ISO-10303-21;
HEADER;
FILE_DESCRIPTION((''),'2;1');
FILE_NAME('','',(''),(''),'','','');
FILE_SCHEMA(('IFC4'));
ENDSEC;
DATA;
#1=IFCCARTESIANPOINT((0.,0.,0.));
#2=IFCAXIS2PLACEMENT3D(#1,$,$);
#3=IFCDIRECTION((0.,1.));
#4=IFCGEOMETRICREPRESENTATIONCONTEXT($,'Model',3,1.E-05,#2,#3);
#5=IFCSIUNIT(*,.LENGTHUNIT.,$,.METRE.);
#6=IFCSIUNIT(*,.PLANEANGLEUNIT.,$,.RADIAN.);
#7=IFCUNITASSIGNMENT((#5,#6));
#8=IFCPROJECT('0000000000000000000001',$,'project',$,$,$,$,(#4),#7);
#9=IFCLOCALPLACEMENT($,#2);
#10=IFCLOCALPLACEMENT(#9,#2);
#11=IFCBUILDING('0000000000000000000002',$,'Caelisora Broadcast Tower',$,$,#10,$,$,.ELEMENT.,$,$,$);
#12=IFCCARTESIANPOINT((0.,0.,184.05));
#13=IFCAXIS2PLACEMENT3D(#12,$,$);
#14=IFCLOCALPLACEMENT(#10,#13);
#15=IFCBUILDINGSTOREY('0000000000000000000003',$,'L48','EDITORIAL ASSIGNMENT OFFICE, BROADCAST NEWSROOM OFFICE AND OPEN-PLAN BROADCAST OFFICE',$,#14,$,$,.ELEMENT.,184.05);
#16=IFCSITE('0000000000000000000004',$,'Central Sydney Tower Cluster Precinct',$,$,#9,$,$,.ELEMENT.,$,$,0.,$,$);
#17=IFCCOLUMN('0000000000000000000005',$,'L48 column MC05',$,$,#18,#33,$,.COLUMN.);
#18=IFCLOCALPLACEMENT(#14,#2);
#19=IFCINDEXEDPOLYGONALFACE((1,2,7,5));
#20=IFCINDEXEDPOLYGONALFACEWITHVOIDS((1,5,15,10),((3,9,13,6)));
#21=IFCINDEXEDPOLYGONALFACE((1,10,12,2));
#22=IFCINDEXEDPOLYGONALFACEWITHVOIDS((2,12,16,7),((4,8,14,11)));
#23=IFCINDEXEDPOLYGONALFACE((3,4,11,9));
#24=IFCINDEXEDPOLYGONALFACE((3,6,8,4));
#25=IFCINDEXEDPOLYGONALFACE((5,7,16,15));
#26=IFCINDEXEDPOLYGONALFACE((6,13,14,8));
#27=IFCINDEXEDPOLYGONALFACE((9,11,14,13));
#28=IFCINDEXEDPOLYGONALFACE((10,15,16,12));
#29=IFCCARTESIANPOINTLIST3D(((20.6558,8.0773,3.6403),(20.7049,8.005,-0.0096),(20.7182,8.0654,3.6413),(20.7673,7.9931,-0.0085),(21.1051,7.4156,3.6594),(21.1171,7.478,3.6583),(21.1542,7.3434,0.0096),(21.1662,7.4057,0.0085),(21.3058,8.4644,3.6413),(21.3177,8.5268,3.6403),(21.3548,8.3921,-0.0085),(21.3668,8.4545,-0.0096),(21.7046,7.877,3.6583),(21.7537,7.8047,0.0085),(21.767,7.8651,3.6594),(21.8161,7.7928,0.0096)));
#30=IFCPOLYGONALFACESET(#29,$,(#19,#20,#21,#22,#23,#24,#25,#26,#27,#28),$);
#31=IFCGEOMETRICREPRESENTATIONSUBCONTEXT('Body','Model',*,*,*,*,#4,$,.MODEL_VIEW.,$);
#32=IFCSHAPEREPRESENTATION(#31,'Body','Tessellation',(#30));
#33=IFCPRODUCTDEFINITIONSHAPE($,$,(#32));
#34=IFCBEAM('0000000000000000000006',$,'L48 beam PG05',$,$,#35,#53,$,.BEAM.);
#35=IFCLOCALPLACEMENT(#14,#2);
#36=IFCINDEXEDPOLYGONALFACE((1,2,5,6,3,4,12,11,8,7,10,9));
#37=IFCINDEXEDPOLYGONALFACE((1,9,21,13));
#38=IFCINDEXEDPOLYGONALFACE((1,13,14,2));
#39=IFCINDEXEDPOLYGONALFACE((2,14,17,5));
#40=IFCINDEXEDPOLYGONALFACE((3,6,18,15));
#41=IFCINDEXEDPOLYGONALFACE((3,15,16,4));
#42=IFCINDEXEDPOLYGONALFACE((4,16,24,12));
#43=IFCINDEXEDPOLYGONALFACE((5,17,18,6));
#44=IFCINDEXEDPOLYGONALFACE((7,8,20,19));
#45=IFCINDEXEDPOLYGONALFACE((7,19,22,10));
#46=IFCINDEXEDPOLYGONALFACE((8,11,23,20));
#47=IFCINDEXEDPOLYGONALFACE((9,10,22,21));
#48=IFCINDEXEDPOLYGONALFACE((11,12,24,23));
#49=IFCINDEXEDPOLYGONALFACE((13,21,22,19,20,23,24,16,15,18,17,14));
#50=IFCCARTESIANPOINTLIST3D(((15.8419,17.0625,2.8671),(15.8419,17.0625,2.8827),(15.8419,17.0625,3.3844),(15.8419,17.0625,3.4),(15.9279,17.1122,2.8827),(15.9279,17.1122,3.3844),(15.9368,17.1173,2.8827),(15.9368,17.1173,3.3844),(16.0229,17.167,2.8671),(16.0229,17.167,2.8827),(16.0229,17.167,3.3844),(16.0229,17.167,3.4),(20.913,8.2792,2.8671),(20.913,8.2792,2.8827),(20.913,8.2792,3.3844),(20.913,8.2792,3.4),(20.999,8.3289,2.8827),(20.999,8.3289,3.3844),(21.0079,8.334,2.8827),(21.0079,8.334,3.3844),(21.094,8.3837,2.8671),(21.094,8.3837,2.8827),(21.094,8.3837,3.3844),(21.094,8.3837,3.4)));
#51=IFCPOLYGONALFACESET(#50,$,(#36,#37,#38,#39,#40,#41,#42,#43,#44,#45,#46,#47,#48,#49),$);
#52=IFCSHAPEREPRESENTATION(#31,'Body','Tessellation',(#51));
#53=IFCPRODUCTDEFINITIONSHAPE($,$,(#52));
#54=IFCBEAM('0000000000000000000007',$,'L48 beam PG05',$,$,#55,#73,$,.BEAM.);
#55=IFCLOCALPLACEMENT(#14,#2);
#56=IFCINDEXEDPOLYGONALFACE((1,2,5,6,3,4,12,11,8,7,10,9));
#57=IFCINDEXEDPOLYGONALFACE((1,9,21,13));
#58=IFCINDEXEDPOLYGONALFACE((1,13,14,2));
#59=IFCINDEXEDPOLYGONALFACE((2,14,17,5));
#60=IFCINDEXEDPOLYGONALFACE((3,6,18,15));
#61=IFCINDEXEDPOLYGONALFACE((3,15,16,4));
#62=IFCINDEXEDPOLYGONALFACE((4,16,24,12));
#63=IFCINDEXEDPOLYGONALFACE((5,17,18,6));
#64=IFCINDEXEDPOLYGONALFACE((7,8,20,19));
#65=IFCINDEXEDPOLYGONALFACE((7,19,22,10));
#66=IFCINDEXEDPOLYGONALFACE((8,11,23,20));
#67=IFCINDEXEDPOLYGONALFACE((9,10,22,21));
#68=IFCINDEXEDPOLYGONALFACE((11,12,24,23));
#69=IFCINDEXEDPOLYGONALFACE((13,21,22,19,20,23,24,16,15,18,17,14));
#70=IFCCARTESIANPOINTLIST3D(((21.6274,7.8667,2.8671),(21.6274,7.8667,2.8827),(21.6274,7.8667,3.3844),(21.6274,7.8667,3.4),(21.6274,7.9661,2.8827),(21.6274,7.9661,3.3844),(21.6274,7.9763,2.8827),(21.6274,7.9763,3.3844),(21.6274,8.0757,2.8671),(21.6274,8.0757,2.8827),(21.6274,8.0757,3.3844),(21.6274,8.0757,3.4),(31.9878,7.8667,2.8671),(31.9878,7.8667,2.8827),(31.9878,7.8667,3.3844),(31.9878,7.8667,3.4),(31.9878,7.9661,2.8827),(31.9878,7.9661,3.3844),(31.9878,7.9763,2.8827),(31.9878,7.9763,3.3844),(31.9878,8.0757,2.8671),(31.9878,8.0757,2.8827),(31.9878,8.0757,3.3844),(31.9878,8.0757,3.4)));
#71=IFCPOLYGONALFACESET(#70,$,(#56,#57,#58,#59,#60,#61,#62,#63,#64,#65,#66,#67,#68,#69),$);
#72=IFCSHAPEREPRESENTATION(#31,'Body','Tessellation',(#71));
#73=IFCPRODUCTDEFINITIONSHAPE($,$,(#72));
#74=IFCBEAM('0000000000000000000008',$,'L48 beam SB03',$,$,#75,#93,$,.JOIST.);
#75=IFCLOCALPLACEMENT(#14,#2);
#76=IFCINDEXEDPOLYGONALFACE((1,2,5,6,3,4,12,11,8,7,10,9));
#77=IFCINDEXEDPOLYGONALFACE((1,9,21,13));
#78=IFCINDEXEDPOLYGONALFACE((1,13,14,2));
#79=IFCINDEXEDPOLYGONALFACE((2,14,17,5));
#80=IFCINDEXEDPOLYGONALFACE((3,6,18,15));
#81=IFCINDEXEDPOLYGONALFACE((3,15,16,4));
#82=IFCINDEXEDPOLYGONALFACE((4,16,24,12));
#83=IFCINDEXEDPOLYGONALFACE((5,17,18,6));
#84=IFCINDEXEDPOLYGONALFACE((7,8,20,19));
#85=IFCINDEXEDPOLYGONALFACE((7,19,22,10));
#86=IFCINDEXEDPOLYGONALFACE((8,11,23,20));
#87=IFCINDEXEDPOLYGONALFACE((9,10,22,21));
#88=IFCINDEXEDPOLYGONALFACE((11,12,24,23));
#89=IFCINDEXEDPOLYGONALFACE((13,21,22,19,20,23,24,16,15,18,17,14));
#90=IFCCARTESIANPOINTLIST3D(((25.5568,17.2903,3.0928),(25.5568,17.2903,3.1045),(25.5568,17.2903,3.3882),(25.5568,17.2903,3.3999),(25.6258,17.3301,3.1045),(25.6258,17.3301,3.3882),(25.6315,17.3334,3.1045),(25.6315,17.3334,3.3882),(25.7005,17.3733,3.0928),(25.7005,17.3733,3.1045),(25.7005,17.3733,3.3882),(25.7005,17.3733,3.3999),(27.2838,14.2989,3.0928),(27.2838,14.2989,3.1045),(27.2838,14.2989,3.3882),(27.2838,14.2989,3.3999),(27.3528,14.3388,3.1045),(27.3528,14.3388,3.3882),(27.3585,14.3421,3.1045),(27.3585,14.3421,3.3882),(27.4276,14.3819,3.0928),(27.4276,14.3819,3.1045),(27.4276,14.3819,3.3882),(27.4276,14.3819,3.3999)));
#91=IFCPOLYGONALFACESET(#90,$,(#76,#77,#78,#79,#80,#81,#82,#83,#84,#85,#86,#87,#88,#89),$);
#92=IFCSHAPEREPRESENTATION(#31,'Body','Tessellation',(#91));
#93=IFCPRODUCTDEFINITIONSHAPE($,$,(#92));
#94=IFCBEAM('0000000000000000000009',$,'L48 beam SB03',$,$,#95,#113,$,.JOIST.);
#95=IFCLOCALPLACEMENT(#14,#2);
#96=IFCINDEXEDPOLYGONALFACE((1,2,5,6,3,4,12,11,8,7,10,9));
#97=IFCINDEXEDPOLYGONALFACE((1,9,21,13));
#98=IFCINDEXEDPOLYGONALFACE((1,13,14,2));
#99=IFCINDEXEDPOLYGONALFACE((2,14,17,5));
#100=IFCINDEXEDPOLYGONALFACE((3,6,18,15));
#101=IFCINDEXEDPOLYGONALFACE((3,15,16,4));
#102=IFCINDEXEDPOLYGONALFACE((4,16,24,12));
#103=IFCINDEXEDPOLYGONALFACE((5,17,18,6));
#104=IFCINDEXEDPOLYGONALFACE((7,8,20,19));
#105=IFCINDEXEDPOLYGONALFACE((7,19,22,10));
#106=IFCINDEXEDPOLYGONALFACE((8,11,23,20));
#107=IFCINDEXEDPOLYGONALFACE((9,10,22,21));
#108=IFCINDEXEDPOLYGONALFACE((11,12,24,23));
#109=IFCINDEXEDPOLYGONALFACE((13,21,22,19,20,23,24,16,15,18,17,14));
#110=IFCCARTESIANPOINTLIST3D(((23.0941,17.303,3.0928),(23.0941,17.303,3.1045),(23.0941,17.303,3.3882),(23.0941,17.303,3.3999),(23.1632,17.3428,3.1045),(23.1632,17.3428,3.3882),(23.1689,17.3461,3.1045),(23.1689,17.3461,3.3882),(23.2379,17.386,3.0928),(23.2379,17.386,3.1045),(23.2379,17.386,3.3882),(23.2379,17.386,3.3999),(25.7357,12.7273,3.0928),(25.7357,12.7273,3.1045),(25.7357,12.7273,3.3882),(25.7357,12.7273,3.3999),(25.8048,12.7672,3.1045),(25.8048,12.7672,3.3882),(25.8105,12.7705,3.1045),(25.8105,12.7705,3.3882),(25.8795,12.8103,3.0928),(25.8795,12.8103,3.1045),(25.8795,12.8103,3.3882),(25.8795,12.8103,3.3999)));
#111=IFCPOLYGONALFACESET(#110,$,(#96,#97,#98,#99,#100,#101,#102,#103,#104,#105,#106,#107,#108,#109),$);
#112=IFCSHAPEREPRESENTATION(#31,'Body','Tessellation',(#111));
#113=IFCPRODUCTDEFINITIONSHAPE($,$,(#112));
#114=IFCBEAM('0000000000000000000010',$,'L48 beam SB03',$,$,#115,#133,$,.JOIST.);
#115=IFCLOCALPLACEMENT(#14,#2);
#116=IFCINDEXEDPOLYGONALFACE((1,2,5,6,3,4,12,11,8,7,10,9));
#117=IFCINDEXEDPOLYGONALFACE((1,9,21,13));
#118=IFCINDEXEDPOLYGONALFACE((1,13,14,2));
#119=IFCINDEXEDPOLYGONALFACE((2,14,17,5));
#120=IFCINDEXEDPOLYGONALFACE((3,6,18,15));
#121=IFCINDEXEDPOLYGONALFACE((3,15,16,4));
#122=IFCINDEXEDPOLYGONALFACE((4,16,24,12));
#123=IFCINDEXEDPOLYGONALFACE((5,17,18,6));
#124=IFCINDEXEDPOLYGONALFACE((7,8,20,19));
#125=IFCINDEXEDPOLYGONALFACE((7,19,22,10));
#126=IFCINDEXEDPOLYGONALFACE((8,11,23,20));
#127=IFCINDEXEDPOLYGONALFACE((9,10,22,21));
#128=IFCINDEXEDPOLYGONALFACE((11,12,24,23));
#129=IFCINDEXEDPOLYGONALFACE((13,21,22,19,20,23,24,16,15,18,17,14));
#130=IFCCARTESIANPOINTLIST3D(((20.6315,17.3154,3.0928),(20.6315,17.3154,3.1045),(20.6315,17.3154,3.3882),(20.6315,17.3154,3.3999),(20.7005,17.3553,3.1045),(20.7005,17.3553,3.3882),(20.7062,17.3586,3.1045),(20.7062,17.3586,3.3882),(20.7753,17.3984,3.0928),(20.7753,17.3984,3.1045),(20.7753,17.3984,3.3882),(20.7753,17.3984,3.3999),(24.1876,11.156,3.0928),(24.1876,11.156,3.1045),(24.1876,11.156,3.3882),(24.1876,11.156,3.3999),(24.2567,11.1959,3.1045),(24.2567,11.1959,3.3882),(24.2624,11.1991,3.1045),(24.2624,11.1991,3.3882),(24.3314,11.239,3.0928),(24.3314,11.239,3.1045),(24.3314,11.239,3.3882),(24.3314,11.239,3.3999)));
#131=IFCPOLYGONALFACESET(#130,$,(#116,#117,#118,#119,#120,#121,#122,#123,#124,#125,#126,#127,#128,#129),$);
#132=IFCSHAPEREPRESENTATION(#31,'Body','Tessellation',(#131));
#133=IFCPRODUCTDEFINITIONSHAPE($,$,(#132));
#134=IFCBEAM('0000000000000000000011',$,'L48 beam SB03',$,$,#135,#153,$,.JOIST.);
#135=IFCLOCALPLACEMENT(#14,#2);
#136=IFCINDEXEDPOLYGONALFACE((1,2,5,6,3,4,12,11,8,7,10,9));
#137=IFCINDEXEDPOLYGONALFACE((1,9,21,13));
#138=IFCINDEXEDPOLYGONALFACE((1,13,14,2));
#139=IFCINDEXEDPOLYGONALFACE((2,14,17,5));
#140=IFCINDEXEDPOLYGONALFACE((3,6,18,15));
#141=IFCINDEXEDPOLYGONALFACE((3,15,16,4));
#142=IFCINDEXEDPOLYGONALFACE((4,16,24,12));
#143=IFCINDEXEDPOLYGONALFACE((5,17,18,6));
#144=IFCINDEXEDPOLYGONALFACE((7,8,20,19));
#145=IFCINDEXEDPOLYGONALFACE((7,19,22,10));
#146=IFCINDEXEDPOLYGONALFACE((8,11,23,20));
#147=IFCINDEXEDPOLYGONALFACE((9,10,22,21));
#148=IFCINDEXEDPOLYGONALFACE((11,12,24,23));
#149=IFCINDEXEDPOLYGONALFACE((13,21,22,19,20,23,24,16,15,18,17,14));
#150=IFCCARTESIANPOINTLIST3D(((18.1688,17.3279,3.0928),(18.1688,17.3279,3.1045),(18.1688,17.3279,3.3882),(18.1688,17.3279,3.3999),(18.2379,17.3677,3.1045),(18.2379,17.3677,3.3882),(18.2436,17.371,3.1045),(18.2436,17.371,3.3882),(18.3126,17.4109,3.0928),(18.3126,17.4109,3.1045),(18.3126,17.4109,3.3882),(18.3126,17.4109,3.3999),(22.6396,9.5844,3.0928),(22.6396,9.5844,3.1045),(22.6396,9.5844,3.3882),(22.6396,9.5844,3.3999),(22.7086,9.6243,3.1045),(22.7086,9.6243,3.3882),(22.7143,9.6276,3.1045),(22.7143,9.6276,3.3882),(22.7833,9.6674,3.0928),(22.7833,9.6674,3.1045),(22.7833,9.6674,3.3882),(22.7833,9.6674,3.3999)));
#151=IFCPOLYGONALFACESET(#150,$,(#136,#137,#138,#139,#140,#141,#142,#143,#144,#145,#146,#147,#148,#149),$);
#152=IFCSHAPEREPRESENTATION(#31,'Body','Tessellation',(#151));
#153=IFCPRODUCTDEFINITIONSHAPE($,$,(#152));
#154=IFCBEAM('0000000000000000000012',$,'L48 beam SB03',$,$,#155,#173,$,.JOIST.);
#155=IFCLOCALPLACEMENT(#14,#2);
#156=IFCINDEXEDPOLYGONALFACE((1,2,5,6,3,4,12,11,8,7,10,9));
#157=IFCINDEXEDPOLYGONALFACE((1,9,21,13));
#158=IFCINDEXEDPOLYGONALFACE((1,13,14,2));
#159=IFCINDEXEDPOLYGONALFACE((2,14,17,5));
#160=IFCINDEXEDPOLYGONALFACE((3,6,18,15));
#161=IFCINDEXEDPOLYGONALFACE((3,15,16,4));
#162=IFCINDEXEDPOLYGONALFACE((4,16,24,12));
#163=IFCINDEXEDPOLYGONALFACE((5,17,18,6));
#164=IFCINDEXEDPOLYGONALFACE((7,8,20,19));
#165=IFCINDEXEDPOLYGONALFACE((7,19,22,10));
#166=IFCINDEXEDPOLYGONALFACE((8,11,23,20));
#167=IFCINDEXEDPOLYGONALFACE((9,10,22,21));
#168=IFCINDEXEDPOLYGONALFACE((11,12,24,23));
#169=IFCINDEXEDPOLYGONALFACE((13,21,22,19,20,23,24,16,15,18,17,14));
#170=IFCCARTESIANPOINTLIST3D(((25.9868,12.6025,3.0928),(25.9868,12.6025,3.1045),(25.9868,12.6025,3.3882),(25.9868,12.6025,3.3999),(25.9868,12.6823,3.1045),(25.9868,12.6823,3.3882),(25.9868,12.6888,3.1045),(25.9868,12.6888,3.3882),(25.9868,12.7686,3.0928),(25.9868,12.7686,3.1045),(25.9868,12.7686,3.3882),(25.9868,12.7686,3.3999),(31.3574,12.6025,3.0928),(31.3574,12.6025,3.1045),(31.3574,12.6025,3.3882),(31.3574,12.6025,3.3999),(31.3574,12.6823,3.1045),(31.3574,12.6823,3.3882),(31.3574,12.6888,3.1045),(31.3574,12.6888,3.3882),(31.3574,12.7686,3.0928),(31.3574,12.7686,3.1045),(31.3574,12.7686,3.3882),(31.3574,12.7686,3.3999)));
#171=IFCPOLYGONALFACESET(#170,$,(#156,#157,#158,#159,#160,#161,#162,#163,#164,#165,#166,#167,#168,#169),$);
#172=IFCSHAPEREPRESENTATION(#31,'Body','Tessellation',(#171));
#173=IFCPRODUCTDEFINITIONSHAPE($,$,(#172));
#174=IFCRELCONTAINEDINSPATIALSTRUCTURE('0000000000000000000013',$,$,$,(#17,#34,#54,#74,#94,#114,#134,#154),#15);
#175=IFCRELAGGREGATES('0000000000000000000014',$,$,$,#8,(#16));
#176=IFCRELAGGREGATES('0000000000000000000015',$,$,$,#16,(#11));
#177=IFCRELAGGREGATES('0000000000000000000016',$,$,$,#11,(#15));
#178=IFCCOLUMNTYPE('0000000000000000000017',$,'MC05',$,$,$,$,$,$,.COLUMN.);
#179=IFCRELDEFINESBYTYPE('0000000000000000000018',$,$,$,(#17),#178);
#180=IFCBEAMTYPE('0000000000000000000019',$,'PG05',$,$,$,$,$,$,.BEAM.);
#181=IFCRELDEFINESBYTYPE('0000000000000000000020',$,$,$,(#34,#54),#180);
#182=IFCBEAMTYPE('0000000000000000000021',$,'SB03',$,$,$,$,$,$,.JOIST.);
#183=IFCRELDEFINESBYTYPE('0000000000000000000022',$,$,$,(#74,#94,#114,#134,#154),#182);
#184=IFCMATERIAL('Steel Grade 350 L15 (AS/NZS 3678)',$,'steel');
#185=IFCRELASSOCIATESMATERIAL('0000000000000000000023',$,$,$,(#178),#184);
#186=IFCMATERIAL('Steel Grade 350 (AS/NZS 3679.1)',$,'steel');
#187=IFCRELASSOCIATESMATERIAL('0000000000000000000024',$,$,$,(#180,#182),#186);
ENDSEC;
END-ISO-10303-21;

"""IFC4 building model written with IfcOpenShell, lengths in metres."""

from ifc_helpers import new_model, si_unit, direction, frame, origin, origin_2d, place, context, subcontext, project, spatial, hollow_rectangle, i_section, extrude, source, transform, mapped, material, material_profile, profile_set, type_object, type_shapes, element, save


model = new_model("IFC4")

# Units and contexts
model_context = context("Model", 3, precision=1e-05, world=origin(), true_north=direction((0.0, 1.0)))
body_context = subcontext(model_context, "Body", "Model", "MODEL_VIEW")
ifc_project = project(units=[si_unit("LENGTHUNIT", "METRE"), si_unit("PLANEANGLEUNIT", "RADIAN")], contexts=[model_context])

# Site, building, storey
site_placement = place(None, origin())
site = spatial("IfcSite", under=ifc_project, at=site_placement, Name="Central Sydney Tower Cluster Precinct", CompositionType="ELEMENT", RefElevation=0.0)
building_placement = place(site_placement, origin())
building = spatial("IfcBuilding", under=site, at=building_placement, Name="Caelisora Broadcast Tower", CompositionType="ELEMENT")
storey_placement = place(building_placement, frame((0.0, 0.0, 184.05)))
storey = spatial("IfcBuildingStorey", under=building, at=storey_placement, Name="L48", Description="EDITORIAL ASSIGNMENT OFFICE, BROADCAST NEWSROOM OFFICE AND OPEN-PLAN BROADCAST OFFICE", CompositionType="ELEMENT", Elevation=184.05)

# Column
ifc_material_1 = material(Name="Steel Grade 350 L15 (AS/NZS 3678)", Category="steel")
ifc_material_profile_1 = material_profile(ifc_material_1, hollow_rectangle(XDim=0.8, YDim=0.8, WallThickness=0.0449, at=origin_2d()), Name="Steel Grade 350 L15 (AS/NZS 3678)")
ifc_profile_set_1 = profile_set([ifc_material_profile_1], Name="Steel Grade 350 L15 (AS/NZS 3678)")
column_type = type_object("IfcColumnType", Name="MC05", PredefinedType="COLUMN", material=ifc_profile_set_1)
shared_shape_1 = source(origin(), body_context, "Body", "SweptSolid", [
    extrude(hollow_rectangle(XDim=0.8, YDim=0.8, WallThickness=0.0449, at=origin_2d()), origin(), (0.0, 0.0, 1.0), 3.6509),
])
type_shapes(column_type, [shared_shape_1])
column_placement = place(storey_placement, frame((21.2605, 7.8989, 0.0), z_axis=(-0.013441, 0.019794, 0.999714), x_axis=(-0.82729, -0.561775, 0.0)))
element("IfcColumn", 1, at=column_placement, inside=storey, type_object=column_type, Name="L48 column MC05", PredefinedType="COLUMN", context=body_context, shape_type="MappedRepresentation", body=[
    mapped(shared_shape_1, transform((0.0, 0.0, 0.0), scale=1.0)),
])

# Beams
ifc_material_2 = material(Name="Steel Grade 350 (AS/NZS 3679.1)", Category="steel")
ifc_material_profile_2 = material_profile(ifc_material_2, i_section(OverallWidth=0.209, OverallDepth=0.533, WebThickness=0.0103, FlangeThickness=0.0156, at=origin_2d()), Name="Steel Grade 350 (AS/NZS 3679.1)")
ifc_profile_set_2 = profile_set([ifc_material_profile_2], Name="Steel Grade 350 (AS/NZS 3679.1)")
beam_type_1 = type_object("IfcBeamType", Name="PG05", PredefinedType="BEAM", material=ifc_profile_set_2)
shared_shape_2 = source(origin(), body_context, "Body", "SweptSolid", [
    extrude(i_section(OverallWidth=0.209, OverallDepth=0.533, WebThickness=0.0103, FlangeThickness=0.0156, at=origin_2d()), origin(), (0.0, 0.0, 1.0), 10.1421),
])
beam_1_placement = place(storey_placement, frame((15.9324, 17.1147, 3.1335), z_axis=(0.500004, -0.866023, 0.0), x_axis=(0.866023, 0.500004, 0.0)))
element("IfcBeam", 2, at=beam_1_placement, inside=storey, type_object=beam_type_1, Name="L48 beam PG05", PredefinedType="BEAM", context=body_context, shape_type="MappedRepresentation", body=[
    mapped(shared_shape_2, transform((0.0, 0.0, 0.0), scale=1.0)),
])
shared_shape_3 = source(origin(), body_context, "Body", "SweptSolid", [
    extrude(i_section(OverallWidth=0.209, OverallDepth=0.533, WebThickness=0.0103, FlangeThickness=0.0156, at=origin_2d()), origin(), (0.0, 0.0, 1.0), 10.3604),
])
type_shapes(beam_type_1, [shared_shape_2, shared_shape_3])
beam_2_placement = place(storey_placement, frame((21.6274, 7.9712, 3.1335), z_axis=(1.0, 0.0, 0.0), x_axis=(0.0, 1.0, 0.0)))
element("IfcBeam", 3, at=beam_2_placement, inside=storey, type_object=beam_type_1, Name="L48 beam PG05", PredefinedType="BEAM", context=body_context, shape_type="MappedRepresentation", body=[
    mapped(shared_shape_3, transform((0.0, 0.0, 0.0), scale=1.0)),
])
ifc_material_profile_3 = material_profile(ifc_material_2, i_section(OverallWidth=0.166, OverallDepth=0.3071, WebThickness=0.0066, FlangeThickness=0.0117, at=origin_2d()), Name="Steel Grade 350 (AS/NZS 3679.1)")
ifc_profile_set_3 = profile_set([ifc_material_profile_3], Name="Steel Grade 350 (AS/NZS 3679.1)")
beam_type_2 = type_object("IfcBeamType", Name="SB03", PredefinedType="JOIST", material=ifc_profile_set_3)
shared_shape_4 = source(origin(), body_context, "Body", "SweptSolid", [
    extrude(i_section(OverallWidth=0.166, OverallDepth=0.3071, WebThickness=0.0066, FlangeThickness=0.0117, at=origin_2d()), origin(), (0.0, 0.0, 1.0), 3.4541),
])
beam_3_placement = place(storey_placement, frame((25.6287, 17.3318, 3.2463), z_axis=(0.499986, -0.866034, 0.0), x_axis=(0.866034, 0.499986, 0.0)))
element("IfcBeam", 4, at=beam_3_placement, inside=storey, type_object=beam_type_2, Name="L48 beam SB03", PredefinedType="JOIST", context=body_context, shape_type="MappedRepresentation", body=[
    mapped(shared_shape_4, transform((0.0, 0.0, 0.0), scale=1.0)),
])
shared_shape_5 = source(origin(), body_context, "Body", "SweptSolid", [
    extrude(i_section(OverallWidth=0.166, OverallDepth=0.3071, WebThickness=0.0066, FlangeThickness=0.0117, at=origin_2d()), origin(), (0.0, 0.0, 1.0), 5.2834),
])
beam_4_placement = place(storey_placement, frame((23.166, 17.3445, 3.2463), z_axis=(0.499976, -0.866039, 0.0), x_axis=(0.866039, 0.499976, 0.0)))
element("IfcBeam", 5, at=beam_4_placement, inside=storey, type_object=beam_type_2, Name="L48 beam SB03", PredefinedType="JOIST", context=body_context, shape_type="MappedRepresentation", body=[
    mapped(shared_shape_5, transform((0.0, 0.0, 0.0), scale=1.0)),
])
shared_shape_6 = source(origin(), body_context, "Body", "SweptSolid", [
    extrude(i_section(OverallWidth=0.166, OverallDepth=0.3071, WebThickness=0.0066, FlangeThickness=0.0117, at=origin_2d()), origin(), (0.0, 0.0, 1.0), 7.1123),
])
beam_5_placement = place(storey_placement, frame((20.7034, 17.3569, 3.2463), z_axis=(0.500001, -0.866025, 0.0), x_axis=(0.866025, 0.500001, 0.0)))
element("IfcBeam", 6, at=beam_5_placement, inside=storey, type_object=beam_type_2, Name="L48 beam SB03", PredefinedType="JOIST", context=body_context, shape_type="MappedRepresentation", body=[
    mapped(shared_shape_6, transform((0.0, 0.0, 0.0), scale=1.0)),
])
shared_shape_7 = source(origin(), body_context, "Body", "SweptSolid", [
    extrude(i_section(OverallWidth=0.166, OverallDepth=0.3071, WebThickness=0.0066, FlangeThickness=0.0117, at=origin_2d()), origin(), (0.0, 0.0, 1.0), 8.9414),
])
beam_6_placement = place(storey_placement, frame((18.2407, 17.3694, 3.2463), z_axis=(0.500004, -0.866023, 0.0), x_axis=(0.866023, 0.500004, 0.0)))
element("IfcBeam", 7, at=beam_6_placement, inside=storey, type_object=beam_type_2, Name="L48 beam SB03", PredefinedType="JOIST", context=body_context, shape_type="MappedRepresentation", body=[
    mapped(shared_shape_7, transform((0.0, 0.0, 0.0), scale=1.0)),
])
shared_shape_8 = source(origin(), body_context, "Body", "SweptSolid", [
    extrude(i_section(OverallWidth=0.166, OverallDepth=0.3071, WebThickness=0.0066, FlangeThickness=0.0117, at=origin_2d()), origin(), (0.0, 0.0, 1.0), 5.3706),
])
beam_7_placement = place(storey_placement, frame((25.9868, 12.6855, 3.2463), z_axis=(1.0, 0.0, 0.0), x_axis=(0.0, 1.0, 0.0)))
element("IfcBeam", 8, at=beam_7_placement, inside=storey, type_object=beam_type_2, Name="L48 beam SB03", PredefinedType="JOIST", context=body_context, shape_type="MappedRepresentation", body=[
    mapped(shared_shape_8, transform((0.0, 0.0, 0.0), scale=1.0)),
])

save(model, "model.ifc")
